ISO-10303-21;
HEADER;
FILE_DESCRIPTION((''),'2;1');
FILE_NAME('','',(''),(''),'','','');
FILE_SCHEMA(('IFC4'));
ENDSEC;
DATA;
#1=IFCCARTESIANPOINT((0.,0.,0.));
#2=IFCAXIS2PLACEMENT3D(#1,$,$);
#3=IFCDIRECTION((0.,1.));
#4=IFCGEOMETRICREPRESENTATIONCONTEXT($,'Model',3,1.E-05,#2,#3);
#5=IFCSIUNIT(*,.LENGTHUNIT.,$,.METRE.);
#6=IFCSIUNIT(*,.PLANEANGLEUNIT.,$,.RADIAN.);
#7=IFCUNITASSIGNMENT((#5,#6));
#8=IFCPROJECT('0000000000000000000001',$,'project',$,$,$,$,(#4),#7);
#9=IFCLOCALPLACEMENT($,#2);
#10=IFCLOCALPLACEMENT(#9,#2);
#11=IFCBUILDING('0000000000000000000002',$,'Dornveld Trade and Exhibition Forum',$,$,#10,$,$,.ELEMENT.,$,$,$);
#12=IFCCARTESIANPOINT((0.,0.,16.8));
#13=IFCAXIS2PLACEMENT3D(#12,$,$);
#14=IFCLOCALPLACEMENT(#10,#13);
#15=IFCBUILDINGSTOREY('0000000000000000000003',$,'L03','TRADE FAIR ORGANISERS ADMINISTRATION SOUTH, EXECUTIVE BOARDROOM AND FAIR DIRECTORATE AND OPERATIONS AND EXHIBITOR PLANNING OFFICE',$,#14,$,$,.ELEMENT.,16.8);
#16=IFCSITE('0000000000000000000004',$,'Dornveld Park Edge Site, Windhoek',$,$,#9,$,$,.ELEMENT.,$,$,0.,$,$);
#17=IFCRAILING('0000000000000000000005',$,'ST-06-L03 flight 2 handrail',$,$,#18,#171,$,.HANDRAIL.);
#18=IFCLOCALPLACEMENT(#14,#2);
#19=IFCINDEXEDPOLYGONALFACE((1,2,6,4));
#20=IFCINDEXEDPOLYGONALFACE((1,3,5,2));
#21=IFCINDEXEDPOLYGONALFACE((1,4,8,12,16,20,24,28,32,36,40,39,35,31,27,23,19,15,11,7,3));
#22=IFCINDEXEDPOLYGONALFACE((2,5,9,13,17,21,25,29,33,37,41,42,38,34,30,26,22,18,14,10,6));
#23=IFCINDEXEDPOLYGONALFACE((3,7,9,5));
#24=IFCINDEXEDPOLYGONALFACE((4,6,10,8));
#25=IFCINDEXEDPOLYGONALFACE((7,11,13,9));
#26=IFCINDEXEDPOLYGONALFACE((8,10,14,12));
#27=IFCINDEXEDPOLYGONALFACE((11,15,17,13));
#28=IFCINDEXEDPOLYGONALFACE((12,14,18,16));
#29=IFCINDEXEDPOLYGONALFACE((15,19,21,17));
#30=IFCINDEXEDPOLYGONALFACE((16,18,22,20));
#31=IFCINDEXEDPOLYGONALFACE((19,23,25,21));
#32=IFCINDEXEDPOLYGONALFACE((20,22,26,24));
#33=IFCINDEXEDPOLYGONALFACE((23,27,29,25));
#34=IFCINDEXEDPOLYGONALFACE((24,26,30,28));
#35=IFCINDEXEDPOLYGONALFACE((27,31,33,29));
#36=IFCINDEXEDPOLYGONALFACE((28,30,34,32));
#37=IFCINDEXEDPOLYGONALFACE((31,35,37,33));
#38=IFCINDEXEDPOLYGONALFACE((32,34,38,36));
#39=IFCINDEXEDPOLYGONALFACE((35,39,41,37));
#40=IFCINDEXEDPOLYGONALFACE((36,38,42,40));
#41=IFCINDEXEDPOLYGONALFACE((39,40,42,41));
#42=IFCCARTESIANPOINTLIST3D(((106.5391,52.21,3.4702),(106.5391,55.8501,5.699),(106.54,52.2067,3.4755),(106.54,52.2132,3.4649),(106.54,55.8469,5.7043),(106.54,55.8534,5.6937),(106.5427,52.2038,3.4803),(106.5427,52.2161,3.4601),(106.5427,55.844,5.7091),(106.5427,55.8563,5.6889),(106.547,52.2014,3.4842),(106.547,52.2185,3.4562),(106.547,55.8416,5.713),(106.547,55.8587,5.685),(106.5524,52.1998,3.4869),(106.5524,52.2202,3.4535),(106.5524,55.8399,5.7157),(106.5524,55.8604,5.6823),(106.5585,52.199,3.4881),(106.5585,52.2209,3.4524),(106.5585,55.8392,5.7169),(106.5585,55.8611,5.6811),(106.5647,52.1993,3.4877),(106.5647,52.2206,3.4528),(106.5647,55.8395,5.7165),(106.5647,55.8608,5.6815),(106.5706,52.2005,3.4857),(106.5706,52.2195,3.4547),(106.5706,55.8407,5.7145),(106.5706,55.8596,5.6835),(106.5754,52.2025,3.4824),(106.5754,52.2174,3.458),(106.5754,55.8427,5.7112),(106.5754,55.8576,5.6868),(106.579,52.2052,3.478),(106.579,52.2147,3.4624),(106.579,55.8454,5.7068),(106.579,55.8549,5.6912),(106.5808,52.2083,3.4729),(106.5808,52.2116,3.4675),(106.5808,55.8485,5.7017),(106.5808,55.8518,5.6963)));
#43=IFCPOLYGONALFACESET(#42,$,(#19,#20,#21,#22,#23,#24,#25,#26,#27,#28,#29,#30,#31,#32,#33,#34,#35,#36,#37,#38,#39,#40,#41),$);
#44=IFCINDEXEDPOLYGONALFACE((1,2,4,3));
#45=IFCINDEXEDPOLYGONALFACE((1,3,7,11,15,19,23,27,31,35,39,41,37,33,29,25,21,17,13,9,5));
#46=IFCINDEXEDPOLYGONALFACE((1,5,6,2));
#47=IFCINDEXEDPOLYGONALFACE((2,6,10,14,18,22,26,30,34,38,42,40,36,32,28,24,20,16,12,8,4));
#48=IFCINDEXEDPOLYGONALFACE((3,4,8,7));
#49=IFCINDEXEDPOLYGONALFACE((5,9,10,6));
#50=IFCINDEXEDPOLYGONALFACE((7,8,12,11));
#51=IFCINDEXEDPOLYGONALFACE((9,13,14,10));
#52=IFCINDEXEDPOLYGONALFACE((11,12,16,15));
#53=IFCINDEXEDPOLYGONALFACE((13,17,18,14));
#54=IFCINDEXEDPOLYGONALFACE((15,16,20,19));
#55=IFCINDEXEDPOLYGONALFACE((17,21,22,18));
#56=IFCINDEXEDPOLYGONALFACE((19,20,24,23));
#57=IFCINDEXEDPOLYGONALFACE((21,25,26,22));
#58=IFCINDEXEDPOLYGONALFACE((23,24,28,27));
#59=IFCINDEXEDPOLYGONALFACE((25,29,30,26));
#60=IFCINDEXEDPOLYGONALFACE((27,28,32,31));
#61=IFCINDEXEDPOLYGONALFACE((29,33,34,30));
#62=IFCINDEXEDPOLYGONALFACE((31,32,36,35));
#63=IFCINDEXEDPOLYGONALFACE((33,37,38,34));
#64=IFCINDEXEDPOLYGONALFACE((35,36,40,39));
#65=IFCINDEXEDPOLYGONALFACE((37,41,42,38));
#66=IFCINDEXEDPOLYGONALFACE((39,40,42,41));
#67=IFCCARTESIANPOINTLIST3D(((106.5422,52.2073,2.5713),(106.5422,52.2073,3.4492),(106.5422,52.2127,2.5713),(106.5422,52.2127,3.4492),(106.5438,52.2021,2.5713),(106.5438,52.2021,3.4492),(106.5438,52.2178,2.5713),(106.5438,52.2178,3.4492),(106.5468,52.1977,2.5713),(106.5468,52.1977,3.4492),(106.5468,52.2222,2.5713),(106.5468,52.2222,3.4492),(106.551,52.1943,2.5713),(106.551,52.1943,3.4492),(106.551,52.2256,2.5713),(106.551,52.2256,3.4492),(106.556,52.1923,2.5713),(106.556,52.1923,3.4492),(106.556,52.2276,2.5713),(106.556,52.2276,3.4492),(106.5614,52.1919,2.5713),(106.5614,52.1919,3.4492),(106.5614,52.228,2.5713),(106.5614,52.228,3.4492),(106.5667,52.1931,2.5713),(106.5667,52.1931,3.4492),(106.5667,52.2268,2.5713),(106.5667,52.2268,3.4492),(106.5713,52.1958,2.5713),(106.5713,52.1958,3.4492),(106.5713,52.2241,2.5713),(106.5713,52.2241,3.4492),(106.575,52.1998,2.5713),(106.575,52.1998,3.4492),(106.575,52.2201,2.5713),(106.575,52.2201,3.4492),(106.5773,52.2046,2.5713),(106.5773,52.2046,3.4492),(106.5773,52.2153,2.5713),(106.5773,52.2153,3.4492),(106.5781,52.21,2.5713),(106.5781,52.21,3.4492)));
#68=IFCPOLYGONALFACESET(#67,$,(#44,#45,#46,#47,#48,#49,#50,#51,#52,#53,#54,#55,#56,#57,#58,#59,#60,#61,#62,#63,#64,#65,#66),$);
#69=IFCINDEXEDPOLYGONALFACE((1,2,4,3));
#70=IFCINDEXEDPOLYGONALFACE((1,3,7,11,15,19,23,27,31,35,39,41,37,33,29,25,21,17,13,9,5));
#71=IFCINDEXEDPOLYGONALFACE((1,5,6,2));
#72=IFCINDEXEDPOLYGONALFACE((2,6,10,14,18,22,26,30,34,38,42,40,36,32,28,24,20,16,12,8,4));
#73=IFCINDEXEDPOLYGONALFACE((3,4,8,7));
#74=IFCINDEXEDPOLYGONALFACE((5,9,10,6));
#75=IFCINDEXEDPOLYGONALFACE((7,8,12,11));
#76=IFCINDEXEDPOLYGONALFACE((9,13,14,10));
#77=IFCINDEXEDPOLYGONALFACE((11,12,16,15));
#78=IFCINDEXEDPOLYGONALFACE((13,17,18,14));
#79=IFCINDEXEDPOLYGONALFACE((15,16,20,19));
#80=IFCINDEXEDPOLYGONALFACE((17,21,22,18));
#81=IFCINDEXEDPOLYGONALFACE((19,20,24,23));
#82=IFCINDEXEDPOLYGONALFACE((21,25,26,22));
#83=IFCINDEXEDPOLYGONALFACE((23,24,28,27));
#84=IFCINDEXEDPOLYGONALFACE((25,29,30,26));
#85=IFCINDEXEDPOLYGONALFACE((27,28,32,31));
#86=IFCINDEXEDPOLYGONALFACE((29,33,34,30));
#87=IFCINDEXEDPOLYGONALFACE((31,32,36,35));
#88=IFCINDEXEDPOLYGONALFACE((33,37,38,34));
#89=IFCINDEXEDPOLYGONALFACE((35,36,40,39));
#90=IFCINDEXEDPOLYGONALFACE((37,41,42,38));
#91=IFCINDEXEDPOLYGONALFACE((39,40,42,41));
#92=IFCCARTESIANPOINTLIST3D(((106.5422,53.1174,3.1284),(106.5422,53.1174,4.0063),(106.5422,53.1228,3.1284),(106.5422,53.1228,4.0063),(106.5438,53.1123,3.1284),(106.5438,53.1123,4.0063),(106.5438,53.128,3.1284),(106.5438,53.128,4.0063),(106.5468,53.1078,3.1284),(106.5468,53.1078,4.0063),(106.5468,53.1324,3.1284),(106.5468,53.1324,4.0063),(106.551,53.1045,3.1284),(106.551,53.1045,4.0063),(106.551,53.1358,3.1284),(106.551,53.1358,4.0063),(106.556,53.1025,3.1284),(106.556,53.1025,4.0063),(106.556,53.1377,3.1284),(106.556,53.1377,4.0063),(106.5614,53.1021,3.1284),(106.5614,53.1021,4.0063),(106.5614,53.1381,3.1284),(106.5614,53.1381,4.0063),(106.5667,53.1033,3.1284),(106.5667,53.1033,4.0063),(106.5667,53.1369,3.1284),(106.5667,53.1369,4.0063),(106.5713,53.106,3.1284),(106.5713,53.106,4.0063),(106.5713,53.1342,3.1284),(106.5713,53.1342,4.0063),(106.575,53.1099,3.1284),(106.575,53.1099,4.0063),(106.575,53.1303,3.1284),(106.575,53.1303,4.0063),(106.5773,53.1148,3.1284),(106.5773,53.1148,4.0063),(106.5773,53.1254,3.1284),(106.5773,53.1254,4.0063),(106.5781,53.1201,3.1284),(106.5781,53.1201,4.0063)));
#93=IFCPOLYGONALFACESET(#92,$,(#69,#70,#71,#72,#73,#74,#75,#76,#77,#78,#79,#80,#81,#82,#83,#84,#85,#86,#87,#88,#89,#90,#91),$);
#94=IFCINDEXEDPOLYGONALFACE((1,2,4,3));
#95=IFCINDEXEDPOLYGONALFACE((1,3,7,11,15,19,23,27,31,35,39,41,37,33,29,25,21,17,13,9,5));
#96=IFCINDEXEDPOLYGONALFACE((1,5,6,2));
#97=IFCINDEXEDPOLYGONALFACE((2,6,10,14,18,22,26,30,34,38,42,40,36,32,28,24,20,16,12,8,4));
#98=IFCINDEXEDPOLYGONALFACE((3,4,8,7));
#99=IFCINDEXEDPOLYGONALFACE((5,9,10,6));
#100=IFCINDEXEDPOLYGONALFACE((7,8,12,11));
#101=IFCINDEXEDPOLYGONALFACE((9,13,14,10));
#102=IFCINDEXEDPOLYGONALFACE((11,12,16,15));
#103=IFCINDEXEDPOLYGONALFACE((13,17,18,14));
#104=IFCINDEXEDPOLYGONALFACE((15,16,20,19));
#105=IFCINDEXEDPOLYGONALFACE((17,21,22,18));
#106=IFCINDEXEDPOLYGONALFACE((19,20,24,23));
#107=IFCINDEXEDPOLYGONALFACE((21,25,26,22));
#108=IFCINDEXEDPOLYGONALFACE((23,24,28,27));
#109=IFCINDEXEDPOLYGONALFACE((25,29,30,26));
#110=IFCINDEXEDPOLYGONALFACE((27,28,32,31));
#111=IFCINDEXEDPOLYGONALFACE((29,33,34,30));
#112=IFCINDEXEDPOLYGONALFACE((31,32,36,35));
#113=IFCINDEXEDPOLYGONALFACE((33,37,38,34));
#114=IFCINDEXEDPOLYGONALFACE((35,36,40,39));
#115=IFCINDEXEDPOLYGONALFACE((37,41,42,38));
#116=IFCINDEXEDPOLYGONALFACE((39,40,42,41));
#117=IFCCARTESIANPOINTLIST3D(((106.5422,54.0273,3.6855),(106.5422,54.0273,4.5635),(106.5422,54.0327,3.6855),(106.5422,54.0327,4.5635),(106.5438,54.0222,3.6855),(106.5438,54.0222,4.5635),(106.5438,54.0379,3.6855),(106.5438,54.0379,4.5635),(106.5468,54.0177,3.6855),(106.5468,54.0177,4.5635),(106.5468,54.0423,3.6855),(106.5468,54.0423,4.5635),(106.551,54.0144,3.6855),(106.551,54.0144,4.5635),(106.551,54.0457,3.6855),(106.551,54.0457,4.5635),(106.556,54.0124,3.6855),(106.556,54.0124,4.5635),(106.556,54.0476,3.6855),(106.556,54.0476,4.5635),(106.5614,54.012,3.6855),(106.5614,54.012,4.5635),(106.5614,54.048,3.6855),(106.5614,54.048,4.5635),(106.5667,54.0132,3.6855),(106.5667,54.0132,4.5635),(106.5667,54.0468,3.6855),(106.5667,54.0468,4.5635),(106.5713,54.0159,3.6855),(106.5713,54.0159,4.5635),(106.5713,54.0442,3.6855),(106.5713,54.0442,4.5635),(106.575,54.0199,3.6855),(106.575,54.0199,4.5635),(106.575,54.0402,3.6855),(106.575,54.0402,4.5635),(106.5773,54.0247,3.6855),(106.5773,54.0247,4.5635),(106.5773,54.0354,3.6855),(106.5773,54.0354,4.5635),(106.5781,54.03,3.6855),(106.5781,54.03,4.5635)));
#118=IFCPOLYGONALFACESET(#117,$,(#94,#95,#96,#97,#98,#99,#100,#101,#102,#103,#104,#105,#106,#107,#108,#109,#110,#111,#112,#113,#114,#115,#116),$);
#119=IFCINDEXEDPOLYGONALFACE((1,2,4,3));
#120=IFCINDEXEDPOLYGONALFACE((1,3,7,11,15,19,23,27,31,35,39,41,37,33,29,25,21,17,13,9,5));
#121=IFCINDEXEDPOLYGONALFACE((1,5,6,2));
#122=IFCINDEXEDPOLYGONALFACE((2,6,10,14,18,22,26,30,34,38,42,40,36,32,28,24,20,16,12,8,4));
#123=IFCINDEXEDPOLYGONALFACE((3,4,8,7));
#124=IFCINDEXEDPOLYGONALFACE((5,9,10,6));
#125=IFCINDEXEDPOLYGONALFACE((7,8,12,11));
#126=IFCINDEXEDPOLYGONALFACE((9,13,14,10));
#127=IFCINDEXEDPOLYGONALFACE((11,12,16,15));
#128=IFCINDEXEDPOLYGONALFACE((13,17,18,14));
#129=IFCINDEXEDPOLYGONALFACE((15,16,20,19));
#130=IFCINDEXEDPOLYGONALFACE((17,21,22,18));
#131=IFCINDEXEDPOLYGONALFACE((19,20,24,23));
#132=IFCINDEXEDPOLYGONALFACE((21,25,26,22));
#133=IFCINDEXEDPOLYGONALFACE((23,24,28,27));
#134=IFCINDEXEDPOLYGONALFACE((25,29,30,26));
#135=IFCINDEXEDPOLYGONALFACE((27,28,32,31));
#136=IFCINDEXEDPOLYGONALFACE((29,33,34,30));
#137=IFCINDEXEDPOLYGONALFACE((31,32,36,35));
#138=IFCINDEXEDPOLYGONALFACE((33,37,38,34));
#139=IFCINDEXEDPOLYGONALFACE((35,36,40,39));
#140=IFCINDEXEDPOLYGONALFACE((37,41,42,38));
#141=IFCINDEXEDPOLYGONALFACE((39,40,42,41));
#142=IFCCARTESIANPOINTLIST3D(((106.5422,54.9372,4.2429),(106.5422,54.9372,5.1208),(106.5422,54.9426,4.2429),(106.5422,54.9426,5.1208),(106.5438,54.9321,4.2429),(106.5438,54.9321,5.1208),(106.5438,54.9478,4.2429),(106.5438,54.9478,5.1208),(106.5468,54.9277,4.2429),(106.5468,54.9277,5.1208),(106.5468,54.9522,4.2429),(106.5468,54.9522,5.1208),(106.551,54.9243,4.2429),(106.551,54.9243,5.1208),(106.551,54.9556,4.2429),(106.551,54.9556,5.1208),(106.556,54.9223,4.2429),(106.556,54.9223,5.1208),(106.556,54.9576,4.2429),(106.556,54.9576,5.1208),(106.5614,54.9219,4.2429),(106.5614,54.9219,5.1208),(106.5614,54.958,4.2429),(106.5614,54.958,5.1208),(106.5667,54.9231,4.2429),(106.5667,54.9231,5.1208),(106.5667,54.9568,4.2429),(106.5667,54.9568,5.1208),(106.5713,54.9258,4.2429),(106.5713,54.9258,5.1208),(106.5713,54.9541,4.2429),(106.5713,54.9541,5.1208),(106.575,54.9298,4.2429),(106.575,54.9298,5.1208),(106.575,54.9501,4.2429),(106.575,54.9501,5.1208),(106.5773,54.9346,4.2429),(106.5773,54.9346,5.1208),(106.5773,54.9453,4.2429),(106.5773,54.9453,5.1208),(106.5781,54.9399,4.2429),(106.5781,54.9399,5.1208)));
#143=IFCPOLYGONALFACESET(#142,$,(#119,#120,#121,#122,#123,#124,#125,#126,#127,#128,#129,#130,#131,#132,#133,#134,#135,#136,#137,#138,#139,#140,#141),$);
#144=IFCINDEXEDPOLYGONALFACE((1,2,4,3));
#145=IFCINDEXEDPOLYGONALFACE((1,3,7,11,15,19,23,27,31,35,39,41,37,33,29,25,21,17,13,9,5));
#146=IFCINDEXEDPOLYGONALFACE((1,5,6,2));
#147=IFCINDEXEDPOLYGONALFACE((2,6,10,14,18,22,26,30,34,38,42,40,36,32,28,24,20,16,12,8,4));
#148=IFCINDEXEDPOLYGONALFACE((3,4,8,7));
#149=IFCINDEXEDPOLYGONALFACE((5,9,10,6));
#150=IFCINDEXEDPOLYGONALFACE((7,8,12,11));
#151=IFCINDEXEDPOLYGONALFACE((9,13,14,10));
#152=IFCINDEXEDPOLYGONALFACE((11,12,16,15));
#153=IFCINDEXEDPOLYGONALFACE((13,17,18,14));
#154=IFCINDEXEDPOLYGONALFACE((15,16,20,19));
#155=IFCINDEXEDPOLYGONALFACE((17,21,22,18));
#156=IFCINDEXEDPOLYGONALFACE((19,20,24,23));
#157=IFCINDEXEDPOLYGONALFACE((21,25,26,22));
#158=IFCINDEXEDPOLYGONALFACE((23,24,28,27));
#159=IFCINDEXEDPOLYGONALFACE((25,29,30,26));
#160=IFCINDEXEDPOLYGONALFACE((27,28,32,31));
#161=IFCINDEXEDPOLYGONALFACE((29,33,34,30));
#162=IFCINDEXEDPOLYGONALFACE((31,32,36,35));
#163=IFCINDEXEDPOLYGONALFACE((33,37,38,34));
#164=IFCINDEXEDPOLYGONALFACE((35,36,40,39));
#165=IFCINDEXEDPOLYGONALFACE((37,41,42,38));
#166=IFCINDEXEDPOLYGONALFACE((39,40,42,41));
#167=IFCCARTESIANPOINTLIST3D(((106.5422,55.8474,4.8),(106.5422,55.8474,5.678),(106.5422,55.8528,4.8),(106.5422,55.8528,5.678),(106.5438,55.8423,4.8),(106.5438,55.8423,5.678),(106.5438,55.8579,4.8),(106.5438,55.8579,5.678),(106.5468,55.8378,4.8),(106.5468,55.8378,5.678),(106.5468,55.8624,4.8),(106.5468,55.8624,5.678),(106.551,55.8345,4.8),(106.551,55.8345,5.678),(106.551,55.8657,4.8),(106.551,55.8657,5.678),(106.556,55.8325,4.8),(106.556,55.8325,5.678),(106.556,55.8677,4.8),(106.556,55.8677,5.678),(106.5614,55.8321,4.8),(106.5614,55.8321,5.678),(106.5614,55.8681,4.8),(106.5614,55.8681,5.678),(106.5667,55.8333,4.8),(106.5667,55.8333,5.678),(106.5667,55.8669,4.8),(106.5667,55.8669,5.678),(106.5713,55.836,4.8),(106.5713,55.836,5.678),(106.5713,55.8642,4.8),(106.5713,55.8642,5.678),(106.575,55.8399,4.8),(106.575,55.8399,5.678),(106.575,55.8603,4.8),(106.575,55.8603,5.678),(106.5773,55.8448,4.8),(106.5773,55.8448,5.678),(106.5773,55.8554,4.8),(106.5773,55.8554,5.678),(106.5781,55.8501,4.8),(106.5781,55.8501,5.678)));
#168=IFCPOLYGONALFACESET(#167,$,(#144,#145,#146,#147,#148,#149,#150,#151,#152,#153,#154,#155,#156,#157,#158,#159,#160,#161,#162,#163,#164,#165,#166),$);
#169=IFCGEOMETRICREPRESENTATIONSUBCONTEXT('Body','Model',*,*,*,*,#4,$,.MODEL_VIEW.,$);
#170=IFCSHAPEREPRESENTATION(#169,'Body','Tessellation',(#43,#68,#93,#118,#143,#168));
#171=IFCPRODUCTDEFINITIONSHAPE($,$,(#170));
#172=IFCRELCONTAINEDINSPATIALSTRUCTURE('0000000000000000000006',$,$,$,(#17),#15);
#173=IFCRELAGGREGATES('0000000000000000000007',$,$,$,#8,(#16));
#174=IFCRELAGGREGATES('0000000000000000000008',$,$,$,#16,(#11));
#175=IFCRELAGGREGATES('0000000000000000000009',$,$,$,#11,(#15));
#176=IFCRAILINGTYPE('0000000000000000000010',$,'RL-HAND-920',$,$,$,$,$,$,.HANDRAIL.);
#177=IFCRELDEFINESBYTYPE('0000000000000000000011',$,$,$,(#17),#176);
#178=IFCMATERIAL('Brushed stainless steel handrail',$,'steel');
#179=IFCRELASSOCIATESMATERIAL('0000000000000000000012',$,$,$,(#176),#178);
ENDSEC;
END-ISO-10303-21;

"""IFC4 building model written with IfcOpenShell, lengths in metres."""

from ifc_helpers import new_model, si_unit, direction, frame, origin, origin_2d, place, context, subcontext, project, spatial, circle, extrude, material, type_object, element, save


model = new_model("IFC4")

# Units and contexts
model_context = context("Model", 3, precision=1e-05, world=origin(), true_north=direction((0.0, 1.0)))
body_context = subcontext(model_context, "Body", "Model", "MODEL_VIEW")
ifc_project = project(units=[si_unit("LENGTHUNIT", "METRE"), si_unit("PLANEANGLEUNIT", "RADIAN")], contexts=[model_context])

# Site, building, storey
site_placement = place(None, origin())
site = spatial("IfcSite", under=ifc_project, at=site_placement, Name="Dornveld Park Edge Site, Windhoek", CompositionType="ELEMENT", RefElevation=0.0)
building_placement = place(site_placement, origin())
building = spatial("IfcBuilding", under=site, at=building_placement, Name="Dornveld Trade and Exhibition Forum", CompositionType="ELEMENT")
storey_placement = place(building_placement, frame((0.0, 0.0, 16.8)))
storey = spatial("IfcBuildingStorey", under=building, at=storey_placement, Name="L03", Description="TRADE FAIR ORGANISERS ADMINISTRATION SOUTH, EXECUTIVE BOARDROOM AND FAIR DIRECTORATE AND OPERATIONS AND EXHIBITOR PLANNING OFFICE", CompositionType="ELEMENT", Elevation=16.8)

# Railing
ifc_material_1 = material(Name="Brushed stainless steel handrail", Category="steel")
railing_type_1 = type_object("IfcRailingType", Name="RL-HAND-920", PredefinedType="HANDRAIL", material=ifc_material_1)
railing_1_placement = place(storey_placement, frame((106.5601, 52.21, 2.5713)))
element("IfcRailing", 1, at=railing_1_placement, inside=storey, type_object=railing_type_1, Name="ST-06-L03 flight 2 handrail", PredefinedType="HANDRAIL", context=body_context, shape_type="SweptSolid", body=[
    extrude(circle(Radius=0.021, at=origin_2d()), frame((0.0, 0.0, 0.8989), z_axis=(0.0, 0.85284, 0.522172), x_axis=(-1.0, 0.0, 0.0)), (0.0, 0.0, 1.0), 4.2683),
    extrude(circle(Radius=0.0181, at=origin_2d()), origin(), (0.0, 0.0, 1.0), 0.8779),
    extrude(circle(Radius=0.0181, at=origin_2d()), frame((0.0, 0.9102, 0.5571)), (0.0, 0.0, 1.0), 0.8779),
    extrude(circle(Radius=0.0181, at=origin_2d()), frame((0.0, 1.8201, 1.1143)), (0.0, 0.0, 1.0), 0.8779),
    extrude(circle(Radius=0.0181, at=origin_2d()), frame((0.0, 2.73, 1.6716)), (0.0, 0.0, 1.0), 0.8779),
    extrude(circle(Radius=0.0181, at=origin_2d()), frame((0.0, 3.6401, 2.2288)), (0.0, 0.0, 1.0), 0.8779),
])

save(model, "model.ifc")
